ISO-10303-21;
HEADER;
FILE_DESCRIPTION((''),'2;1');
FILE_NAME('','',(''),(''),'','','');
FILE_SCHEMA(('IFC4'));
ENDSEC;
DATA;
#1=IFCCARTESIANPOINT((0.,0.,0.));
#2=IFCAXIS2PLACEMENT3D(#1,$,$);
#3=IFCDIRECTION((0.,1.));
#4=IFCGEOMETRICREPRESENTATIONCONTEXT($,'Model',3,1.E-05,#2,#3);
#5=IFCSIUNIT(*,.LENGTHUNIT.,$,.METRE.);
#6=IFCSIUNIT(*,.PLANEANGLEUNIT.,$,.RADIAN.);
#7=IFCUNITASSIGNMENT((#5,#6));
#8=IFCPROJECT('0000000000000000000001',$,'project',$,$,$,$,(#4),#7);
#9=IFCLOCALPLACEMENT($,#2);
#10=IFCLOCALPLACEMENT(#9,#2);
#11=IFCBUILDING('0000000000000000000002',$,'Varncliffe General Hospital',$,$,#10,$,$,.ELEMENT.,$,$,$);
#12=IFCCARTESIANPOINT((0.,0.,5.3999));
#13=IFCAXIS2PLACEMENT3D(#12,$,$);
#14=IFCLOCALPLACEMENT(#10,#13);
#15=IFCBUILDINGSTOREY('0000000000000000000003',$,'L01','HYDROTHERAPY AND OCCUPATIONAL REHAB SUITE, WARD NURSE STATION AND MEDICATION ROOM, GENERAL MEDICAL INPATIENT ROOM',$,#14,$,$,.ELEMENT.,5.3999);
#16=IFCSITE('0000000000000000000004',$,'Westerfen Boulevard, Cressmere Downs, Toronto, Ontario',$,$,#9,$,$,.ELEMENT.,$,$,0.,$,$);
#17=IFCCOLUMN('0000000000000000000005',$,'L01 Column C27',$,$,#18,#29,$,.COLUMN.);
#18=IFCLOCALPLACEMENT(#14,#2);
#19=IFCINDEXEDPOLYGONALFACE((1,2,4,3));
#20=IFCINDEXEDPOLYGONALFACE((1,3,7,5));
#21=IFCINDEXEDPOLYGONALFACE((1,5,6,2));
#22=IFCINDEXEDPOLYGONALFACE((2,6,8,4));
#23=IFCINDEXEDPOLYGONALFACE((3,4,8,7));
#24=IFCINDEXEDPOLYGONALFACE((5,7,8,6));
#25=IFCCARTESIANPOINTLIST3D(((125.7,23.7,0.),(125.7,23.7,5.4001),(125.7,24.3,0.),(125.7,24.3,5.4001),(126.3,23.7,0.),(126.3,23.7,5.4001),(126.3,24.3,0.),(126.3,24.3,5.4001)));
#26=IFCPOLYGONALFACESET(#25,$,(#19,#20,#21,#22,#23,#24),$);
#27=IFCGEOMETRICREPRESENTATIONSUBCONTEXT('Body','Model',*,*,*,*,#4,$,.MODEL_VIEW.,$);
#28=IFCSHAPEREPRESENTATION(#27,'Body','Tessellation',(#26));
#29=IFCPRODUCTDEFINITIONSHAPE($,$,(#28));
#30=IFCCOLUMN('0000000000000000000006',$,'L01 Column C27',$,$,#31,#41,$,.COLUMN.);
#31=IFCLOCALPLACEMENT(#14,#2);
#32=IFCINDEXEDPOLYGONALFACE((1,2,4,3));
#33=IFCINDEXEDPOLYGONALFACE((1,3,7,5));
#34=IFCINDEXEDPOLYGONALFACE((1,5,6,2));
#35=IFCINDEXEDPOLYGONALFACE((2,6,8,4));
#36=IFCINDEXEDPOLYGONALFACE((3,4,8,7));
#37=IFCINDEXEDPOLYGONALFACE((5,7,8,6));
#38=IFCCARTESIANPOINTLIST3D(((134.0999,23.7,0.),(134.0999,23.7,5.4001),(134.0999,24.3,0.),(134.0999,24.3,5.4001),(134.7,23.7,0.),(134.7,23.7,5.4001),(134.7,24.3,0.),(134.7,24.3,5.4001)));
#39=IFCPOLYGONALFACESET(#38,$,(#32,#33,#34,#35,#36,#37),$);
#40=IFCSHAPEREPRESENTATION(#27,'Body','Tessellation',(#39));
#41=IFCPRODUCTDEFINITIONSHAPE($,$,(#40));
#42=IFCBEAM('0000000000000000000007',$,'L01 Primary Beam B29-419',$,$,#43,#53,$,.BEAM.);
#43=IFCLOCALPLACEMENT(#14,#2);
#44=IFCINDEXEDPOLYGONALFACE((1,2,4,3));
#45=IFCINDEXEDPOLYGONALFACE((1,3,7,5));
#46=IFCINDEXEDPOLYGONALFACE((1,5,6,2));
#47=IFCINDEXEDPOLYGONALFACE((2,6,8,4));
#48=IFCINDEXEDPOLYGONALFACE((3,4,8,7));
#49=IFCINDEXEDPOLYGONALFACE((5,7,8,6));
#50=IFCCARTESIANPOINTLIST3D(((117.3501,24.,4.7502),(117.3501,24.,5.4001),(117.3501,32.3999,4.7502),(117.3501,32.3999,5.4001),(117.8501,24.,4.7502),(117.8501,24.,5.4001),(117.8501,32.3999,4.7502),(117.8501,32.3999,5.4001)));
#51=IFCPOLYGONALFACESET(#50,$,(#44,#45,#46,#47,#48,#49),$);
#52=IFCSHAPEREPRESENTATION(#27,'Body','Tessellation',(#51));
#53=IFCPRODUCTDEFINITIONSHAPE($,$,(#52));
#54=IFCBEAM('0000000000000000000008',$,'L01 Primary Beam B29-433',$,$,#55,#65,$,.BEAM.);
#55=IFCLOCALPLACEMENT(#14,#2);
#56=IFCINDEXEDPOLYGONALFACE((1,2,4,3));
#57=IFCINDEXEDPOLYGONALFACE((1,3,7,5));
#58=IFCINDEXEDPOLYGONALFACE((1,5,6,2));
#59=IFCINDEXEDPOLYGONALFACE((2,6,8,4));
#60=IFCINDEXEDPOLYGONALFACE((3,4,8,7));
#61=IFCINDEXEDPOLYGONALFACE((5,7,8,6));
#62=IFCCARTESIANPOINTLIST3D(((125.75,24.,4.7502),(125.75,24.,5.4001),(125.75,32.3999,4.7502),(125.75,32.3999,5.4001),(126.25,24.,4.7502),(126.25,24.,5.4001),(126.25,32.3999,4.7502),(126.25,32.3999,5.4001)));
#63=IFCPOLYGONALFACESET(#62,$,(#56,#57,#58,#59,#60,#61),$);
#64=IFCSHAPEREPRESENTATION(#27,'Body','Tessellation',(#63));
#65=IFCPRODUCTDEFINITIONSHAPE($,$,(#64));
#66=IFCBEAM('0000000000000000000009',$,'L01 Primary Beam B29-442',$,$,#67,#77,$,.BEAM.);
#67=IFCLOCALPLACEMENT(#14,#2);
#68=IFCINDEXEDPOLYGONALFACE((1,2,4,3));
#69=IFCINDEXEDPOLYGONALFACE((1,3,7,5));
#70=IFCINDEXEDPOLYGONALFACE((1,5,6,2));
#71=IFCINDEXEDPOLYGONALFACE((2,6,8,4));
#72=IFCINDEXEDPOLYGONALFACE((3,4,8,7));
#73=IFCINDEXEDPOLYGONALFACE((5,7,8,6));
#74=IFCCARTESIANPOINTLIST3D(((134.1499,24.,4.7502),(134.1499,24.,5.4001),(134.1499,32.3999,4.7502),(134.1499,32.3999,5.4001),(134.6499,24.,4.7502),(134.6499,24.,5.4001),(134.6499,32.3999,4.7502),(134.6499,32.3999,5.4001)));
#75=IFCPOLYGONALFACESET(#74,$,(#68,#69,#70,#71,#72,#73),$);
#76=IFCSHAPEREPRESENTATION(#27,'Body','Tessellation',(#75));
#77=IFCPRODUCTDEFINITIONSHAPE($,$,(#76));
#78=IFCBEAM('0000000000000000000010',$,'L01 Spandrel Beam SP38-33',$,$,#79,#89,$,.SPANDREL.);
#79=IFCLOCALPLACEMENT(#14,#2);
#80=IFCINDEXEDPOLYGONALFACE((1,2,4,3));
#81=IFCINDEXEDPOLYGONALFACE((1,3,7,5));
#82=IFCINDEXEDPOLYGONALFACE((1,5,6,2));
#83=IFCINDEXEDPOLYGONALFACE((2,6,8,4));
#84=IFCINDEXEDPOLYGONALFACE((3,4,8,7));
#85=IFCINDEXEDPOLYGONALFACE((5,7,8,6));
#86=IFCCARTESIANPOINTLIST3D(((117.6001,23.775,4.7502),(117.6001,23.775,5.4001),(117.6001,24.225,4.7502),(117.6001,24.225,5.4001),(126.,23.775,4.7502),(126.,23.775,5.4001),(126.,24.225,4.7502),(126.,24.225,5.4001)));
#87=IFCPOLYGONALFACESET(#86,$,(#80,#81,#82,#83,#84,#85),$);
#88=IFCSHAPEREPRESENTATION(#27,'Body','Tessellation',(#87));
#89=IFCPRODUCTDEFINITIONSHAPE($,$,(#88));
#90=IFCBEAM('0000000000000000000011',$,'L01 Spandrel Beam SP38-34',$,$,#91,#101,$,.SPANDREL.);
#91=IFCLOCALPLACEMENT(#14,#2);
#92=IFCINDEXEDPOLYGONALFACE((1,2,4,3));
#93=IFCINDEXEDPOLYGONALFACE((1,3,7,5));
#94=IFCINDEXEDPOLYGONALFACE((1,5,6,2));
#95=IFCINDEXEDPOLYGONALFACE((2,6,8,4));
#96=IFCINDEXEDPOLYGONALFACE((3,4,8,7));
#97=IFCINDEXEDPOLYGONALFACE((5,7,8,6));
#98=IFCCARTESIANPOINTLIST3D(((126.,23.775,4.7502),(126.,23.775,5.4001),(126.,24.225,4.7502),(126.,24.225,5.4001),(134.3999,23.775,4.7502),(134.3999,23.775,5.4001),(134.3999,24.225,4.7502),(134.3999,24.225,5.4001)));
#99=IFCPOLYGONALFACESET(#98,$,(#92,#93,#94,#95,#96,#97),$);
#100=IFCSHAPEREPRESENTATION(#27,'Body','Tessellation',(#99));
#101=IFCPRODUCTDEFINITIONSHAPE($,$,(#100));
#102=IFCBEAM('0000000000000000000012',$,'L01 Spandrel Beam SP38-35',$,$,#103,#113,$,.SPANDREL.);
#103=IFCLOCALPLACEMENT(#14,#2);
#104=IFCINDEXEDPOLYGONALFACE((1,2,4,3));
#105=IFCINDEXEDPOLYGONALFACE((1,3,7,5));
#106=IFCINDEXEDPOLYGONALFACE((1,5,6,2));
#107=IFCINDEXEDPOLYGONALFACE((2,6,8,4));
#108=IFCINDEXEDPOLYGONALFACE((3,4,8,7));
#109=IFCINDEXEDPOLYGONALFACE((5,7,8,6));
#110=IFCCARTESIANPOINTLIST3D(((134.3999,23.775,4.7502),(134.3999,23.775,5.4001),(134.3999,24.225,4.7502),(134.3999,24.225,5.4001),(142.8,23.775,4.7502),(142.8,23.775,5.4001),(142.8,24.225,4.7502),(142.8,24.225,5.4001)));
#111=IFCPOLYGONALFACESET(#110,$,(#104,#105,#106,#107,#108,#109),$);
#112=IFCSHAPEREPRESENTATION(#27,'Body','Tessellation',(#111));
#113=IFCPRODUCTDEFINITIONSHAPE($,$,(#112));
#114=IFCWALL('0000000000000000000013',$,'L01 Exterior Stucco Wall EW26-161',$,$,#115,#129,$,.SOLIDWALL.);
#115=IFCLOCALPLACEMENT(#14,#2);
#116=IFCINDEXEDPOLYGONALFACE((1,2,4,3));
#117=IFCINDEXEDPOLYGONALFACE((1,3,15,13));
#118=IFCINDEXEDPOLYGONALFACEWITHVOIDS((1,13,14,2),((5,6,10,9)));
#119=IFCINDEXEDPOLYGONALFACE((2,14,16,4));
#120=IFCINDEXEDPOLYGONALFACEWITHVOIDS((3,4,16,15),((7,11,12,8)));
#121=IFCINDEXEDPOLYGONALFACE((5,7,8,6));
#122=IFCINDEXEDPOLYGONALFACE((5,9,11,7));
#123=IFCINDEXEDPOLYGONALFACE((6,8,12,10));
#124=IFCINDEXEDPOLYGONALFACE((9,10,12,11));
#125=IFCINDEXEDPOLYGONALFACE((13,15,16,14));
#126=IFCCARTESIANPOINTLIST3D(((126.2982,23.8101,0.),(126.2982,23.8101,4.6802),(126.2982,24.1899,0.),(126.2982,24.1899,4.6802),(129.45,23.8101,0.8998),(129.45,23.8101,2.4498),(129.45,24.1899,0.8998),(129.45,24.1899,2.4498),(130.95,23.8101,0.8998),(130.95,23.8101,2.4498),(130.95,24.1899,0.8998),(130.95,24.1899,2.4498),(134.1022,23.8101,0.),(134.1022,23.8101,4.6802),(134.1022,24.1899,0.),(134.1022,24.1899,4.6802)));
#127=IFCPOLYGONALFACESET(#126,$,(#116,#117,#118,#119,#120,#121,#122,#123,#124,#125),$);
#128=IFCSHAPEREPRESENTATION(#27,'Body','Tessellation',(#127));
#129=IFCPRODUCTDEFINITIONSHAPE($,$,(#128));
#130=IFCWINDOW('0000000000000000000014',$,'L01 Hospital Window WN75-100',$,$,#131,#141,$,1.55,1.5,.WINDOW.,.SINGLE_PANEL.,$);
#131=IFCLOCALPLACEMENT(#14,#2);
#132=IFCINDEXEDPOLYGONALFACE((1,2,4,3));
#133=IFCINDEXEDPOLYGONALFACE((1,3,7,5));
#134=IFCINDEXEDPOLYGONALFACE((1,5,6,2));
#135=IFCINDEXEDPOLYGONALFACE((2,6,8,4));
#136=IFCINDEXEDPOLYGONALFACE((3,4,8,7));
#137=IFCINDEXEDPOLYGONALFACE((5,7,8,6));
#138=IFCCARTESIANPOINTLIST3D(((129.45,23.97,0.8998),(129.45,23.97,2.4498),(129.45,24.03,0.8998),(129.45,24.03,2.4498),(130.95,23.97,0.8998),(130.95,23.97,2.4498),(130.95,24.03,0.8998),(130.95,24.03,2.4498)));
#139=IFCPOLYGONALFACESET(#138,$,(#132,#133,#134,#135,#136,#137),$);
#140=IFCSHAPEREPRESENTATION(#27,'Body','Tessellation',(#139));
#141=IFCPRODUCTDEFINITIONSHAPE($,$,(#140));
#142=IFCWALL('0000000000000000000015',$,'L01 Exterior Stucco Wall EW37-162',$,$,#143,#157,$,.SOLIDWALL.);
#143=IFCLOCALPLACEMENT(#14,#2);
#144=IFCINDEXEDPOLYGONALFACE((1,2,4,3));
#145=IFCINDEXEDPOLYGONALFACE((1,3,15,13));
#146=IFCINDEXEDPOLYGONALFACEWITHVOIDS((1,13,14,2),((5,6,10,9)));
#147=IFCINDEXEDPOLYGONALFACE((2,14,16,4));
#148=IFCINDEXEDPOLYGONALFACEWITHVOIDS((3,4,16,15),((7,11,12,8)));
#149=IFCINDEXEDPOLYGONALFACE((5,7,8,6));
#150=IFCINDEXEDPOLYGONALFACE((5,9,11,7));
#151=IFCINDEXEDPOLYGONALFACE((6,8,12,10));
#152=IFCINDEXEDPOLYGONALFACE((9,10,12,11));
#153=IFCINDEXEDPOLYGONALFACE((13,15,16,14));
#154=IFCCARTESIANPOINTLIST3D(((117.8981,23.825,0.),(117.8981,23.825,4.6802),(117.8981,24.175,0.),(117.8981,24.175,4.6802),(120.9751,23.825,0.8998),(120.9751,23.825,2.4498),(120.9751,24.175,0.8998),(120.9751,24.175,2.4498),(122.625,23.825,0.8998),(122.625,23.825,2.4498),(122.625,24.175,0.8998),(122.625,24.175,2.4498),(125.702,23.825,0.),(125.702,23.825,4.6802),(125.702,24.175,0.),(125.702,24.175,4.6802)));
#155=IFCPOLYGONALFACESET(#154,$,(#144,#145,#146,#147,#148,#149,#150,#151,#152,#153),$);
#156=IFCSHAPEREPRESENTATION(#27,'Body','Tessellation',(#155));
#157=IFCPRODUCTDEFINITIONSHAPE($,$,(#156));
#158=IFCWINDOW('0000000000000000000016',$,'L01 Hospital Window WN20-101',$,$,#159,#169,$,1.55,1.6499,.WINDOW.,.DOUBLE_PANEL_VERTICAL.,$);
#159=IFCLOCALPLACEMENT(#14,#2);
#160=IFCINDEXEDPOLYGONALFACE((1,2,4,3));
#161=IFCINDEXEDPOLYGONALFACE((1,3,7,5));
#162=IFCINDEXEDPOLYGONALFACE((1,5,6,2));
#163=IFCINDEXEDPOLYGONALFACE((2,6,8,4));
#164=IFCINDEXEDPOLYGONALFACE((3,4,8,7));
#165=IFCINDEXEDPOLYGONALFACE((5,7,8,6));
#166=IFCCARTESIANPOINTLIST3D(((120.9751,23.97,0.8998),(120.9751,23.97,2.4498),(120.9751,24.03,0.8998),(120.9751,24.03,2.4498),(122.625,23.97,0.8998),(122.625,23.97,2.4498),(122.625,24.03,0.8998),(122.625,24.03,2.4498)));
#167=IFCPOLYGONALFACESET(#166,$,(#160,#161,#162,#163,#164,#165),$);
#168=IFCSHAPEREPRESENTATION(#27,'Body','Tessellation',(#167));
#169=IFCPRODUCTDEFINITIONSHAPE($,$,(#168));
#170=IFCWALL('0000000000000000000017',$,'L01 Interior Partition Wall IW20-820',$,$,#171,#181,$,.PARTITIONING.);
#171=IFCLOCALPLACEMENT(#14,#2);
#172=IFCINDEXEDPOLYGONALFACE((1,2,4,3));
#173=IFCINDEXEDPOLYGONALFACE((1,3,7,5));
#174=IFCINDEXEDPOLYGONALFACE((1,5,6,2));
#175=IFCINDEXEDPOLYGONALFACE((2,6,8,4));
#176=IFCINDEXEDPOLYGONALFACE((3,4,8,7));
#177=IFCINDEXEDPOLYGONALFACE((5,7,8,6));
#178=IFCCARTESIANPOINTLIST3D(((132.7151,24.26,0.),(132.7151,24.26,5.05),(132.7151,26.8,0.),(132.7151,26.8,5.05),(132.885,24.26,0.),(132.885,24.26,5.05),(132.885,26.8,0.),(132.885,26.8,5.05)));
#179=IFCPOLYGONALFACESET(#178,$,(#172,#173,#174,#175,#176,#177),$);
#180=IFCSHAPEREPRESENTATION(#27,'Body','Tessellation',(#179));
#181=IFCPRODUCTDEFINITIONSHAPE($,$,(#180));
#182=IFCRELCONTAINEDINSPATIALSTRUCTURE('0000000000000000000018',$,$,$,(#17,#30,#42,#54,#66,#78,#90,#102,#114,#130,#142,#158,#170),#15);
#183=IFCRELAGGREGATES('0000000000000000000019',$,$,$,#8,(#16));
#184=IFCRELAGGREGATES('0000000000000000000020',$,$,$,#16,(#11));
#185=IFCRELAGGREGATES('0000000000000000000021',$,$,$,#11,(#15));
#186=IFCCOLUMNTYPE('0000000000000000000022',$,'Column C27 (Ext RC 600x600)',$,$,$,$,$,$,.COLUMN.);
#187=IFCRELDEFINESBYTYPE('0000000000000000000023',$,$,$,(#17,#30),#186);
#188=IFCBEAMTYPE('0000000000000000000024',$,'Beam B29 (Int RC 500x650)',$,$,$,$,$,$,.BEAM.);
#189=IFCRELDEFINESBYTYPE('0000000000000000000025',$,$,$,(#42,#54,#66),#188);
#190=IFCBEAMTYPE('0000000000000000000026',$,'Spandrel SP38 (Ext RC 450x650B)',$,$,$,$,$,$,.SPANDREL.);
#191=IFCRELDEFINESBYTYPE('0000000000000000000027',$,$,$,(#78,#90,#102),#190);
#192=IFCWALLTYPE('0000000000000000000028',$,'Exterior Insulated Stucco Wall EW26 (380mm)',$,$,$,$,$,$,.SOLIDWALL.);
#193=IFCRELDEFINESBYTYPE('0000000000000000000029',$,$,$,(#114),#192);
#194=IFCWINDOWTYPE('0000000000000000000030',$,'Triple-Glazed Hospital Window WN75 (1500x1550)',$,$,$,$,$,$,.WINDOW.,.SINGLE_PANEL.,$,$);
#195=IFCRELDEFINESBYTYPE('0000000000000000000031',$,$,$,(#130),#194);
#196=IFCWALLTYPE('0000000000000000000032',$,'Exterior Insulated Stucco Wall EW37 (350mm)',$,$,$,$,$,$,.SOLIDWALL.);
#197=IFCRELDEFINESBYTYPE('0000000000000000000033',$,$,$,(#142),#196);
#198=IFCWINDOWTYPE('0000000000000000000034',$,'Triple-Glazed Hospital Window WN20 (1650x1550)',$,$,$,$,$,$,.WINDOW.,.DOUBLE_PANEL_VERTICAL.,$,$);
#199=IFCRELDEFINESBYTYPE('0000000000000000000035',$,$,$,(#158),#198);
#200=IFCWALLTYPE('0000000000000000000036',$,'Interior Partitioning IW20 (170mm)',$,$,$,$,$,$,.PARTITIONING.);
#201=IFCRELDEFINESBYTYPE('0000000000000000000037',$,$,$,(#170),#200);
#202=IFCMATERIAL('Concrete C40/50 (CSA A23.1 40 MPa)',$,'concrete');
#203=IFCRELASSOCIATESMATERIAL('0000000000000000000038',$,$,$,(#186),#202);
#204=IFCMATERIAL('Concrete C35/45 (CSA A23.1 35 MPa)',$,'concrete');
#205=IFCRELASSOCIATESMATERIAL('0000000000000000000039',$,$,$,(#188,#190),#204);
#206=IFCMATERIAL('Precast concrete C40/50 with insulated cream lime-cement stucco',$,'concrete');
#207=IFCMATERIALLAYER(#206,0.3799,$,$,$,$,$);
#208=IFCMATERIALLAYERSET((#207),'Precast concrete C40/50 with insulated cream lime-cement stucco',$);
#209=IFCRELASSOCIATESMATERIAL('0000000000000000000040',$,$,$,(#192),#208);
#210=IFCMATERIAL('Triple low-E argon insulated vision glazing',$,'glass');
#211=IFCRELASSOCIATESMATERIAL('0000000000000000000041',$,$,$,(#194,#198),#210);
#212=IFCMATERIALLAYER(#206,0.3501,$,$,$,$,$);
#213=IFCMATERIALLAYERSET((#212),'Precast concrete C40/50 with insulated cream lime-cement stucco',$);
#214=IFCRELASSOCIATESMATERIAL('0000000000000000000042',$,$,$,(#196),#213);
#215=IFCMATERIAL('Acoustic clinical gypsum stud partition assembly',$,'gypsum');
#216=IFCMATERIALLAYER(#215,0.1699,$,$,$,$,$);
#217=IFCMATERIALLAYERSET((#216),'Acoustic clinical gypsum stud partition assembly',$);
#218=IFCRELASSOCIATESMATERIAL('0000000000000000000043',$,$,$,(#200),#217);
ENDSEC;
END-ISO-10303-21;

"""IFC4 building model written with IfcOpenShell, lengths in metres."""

from ifc_helpers import new_model, si_unit, direction, frame, frame_2d, origin, origin_2d, place, context, subcontext, project, spatial, rectangle, extrude, material, layer, layer_set, material_profile, profile_set, type_object, element, fill, save


model = new_model("IFC4")

# Units and contexts
model_context = context("Model", 3, precision=1e-05, world=origin(), true_north=direction((0.0, 1.0)))
body_context = subcontext(model_context, "Body", "Model", "MODEL_VIEW")
ifc_project = project(units=[si_unit("LENGTHUNIT", "METRE"), si_unit("PLANEANGLEUNIT", "RADIAN")], contexts=[model_context])

# Site, building, storey
site_placement = place(None, origin())
site = spatial("IfcSite", under=ifc_project, at=site_placement, Name="Westerfen Boulevard, Cressmere Downs, Toronto, Ontario", CompositionType="ELEMENT", RefElevation=0.0)
building_placement = place(site_placement, origin())
building = spatial("IfcBuilding", under=site, at=building_placement, Name="Varncliffe General Hospital", CompositionType="ELEMENT")
storey_placement = place(building_placement, frame((0.0, 0.0, 5.3999)))
storey = spatial("IfcBuildingStorey", under=building, at=storey_placement, Name="L01", Description="HYDROTHERAPY AND OCCUPATIONAL REHAB SUITE, WARD NURSE STATION AND MEDICATION ROOM, GENERAL MEDICAL INPATIENT ROOM", CompositionType="ELEMENT", Elevation=5.3999)

# Columns
ifc_material_1 = material(Name="Concrete C40/50 (CSA A23.1 40 MPa)", Category="concrete")
ifc_material_profile_1 = material_profile(ifc_material_1, rectangle(XDim=0.6001, YDim=0.6001, at=origin_2d()), Name="RC 600x600")
ifc_profile_set_1 = profile_set([ifc_material_profile_1], Name="Concrete C40/50 (CSA A23.1 40 MPa)")
column_type = type_object("IfcColumnType", Name="Column C27 (Ext RC 600x600)", PredefinedType="COLUMN", material=ifc_profile_set_1)
for number, where, z_axis, x_axis, name in (
    (1, (126.0, 24.0, 0.0), (0.0, 0.0, 1.0), (1.0, 0.0, 0.0), "L01 Column C27"),
    (2, (134.3999, 24.0, 0.0), (0.0, 0.0, 1.0), (1.0, 0.0, 0.0), "L01 Column C27"),
):
    element("IfcColumn", number, at=place(storey_placement, frame(where, z_axis=z_axis, x_axis=x_axis)), inside=storey, type_object=column_type, Name=name, PredefinedType="COLUMN", context=body_context, shape_type="SweptSolid", body=[
        extrude(rectangle(XDim=0.6001, YDim=0.6001, at=origin_2d()), origin(), (0.0, 0.0, 1.0), 5.4001),
    ])

# Beams
ifc_material_2 = material(Name="Concrete C35/45 (CSA A23.1 35 MPa)", Category="concrete")
ifc_material_profile_2 = material_profile(ifc_material_2, rectangle(XDim=0.5, YDim=0.6499, at=origin_2d()), Name="RC 500x650")
ifc_profile_set_2 = profile_set([ifc_material_profile_2], Name="Concrete C35/45 (CSA A23.1 35 MPa)")
beam_type_1 = type_object("IfcBeamType", Name="Beam B29 (Int RC 500x650)", PredefinedType="BEAM", material=ifc_profile_set_2)
for number, where, z_axis, x_axis, name in (
    (3, (117.6001, 24.0, 5.0752), (0.0, 1.0, 0.0), (-1.0, 0.0, 0.0), "L01 Primary Beam B29-419"),
    (4, (126.0, 24.0, 5.0752), (0.0, 1.0, 0.0), (-1.0, 0.0, 0.0), "L01 Primary Beam B29-433"),
    (5, (134.3999, 24.0, 5.0752), (0.0, 1.0, 0.0), (-1.0, 0.0, 0.0), "L01 Primary Beam B29-442"),
):
    element("IfcBeam", number, at=place(storey_placement, frame(where, z_axis=z_axis, x_axis=x_axis)), inside=storey, type_object=beam_type_1, Name=name, PredefinedType="BEAM", context=body_context, shape_type="SweptSolid", body=[
        extrude(rectangle(XDim=0.5, YDim=0.6499, at=origin_2d()), origin(), (0.0, 0.0, 1.0), 8.3999),
    ])
ifc_material_profile_3 = material_profile(ifc_material_2, rectangle(XDim=0.45, YDim=0.6499, at=origin_2d()), Name="RC 450x650")
ifc_profile_set_3 = profile_set([ifc_material_profile_3], Name="Concrete C35/45 (CSA A23.1 35 MPa)")
beam_type_2 = type_object("IfcBeamType", Name="Spandrel SP38 (Ext RC 450x650B)", PredefinedType="SPANDREL", material=ifc_profile_set_3)
for number, where, z_axis, x_axis, name in (
    (6, (117.6001, 24.0, 5.0752), (1.0, 0.0, 0.0), (0.0, 1.0, 0.0), "L01 Spandrel Beam SP38-33"),
    (7, (126.0, 24.0, 5.0752), (1.0, 0.0, 0.0), (0.0, 1.0, 0.0), "L01 Spandrel Beam SP38-34"),
):
    element("IfcBeam", number, at=place(storey_placement, frame(where, z_axis=z_axis, x_axis=x_axis)), inside=storey, type_object=beam_type_2, Name=name, PredefinedType="SPANDREL", context=body_context, shape_type="SweptSolid", body=[
        extrude(rectangle(XDim=0.45, YDim=0.6499, at=origin_2d()), origin(), (0.0, 0.0, 1.0), 8.3999),
    ])
beam_placement = place(storey_placement, frame((134.3999, 24.0, 5.0752), z_axis=(1.0, 0.0, 0.0), x_axis=(0.0, 1.0, 0.0)))
element("IfcBeam", 8, at=beam_placement, inside=storey, type_object=beam_type_2, Name="L01 Spandrel Beam SP38-35", PredefinedType="SPANDREL", context=body_context, shape_type="SweptSolid", body=[
    extrude(rectangle(XDim=0.45, YDim=0.6499, at=origin_2d()), origin(), (0.0, 0.0, 1.0), 8.4001),
])

# Walls, openings, windows
ifc_material_3 = material(Name="Precast concrete C40/50 with insulated cream lime-cement stucco", Category="concrete")
ifc_layer_1 = layer(ifc_material_3, 0.3799)
ifc_layer_set_1 = layer_set([ifc_layer_1], Name="Precast concrete C40/50 with insulated cream lime-cement stucco")
wall_type_1 = type_object("IfcWallType", Name="Exterior Insulated Stucco Wall EW26 (380mm)", PredefinedType="SOLIDWALL", material=ifc_layer_set_1)
wall_1_placement = place(storey_placement, frame((134.1021, 24.0, 0.0), z_axis=(0.0, 0.0, 1.0), x_axis=(-1.0, 0.0, 0.0)))
wall_1 = element("IfcWall", 9, at=wall_1_placement, inside=storey, type_object=wall_type_1, Name="L01 Exterior Stucco Wall EW26-161", PredefinedType="SOLIDWALL", context=body_context, shape_type="SweptSolid", body=[
    extrude(rectangle(XDim=7.804, YDim=0.3799, at=frame_2d((3.9019, 0.0))), origin(), (0.0, 0.0, 1.0), 4.6802),
])
opening_1_placement = place(wall_1_placement, frame((3.1521, 0.0, 0.8999)))
opening_1 = element("IfcOpeningElement", 10, at=opening_1_placement, cuts=wall_1, PredefinedType="OPENING", context=body_context, shape_type="SweptSolid", body=[
    extrude(rectangle(XDim=1.5, YDim=1.55, at=frame_2d((0.75, 0.7749))), frame((0.0, 0.2, 0.0), z_axis=(0.0, -1.0, 0.0), x_axis=(1.0, 0.0, 0.0)), (0.0, 0.0, 1.0), 0.3999),
])
ifc_material_4 = material(Name="Triple low-E argon insulated vision glazing", Category="glass")
window_type_1 = type_object("IfcWindowType", Name="Triple-Glazed Hospital Window WN75 (1500x1550)", PartitioningType="SINGLE_PANEL", PredefinedType="WINDOW", material=ifc_material_4)
window_1_placement = place(opening_1_placement, origin())
window_1 = element("IfcWindow", 11, at=window_1_placement, inside=storey, type_object=window_type_1, Name="L01 Hospital Window WN75-100", OverallHeight=1.55, OverallWidth=1.5, PartitioningType="SINGLE_PANEL", PredefinedType="WINDOW", context=body_context, shape_type="SweptSolid", body=[
    extrude(rectangle(XDim=1.5, YDim=1.55, at=frame_2d((0.75, 0.7749))), frame((0.0, 0.03, 0.0), z_axis=(0.0, -1.0, 0.0), x_axis=(1.0, 0.0, 0.0)), (0.0, 0.0, 1.0), 0.0601),
])
fill(opening_1, window_1)
ifc_layer_2 = layer(ifc_material_3, 0.3501)
ifc_layer_set_2 = layer_set([ifc_layer_2], Name="Precast concrete C40/50 with insulated cream lime-cement stucco")
wall_type_2 = type_object("IfcWallType", Name="Exterior Insulated Stucco Wall EW37 (350mm)", PredefinedType="SOLIDWALL", material=ifc_layer_set_2)
wall_2_placement = place(storey_placement, frame((125.7019, 24.0, 0.0), z_axis=(0.0, 0.0, 1.0), x_axis=(-1.0, 0.0, 0.0)))
wall_2 = element("IfcWall", 12, at=wall_2_placement, inside=storey, type_object=wall_type_2, Name="L01 Exterior Stucco Wall EW37-162", PredefinedType="SOLIDWALL", context=body_context, shape_type="SweptSolid", body=[
    extrude(rectangle(XDim=7.804, YDim=0.3501, at=frame_2d((3.9019, 0.0))), origin(), (0.0, 0.0, 1.0), 4.6802),
])
opening_2_placement = place(wall_2_placement, frame((3.0769, 0.0, 0.8999)))
opening_2 = element("IfcOpeningElement", 13, at=opening_2_placement, cuts=wall_2, PredefinedType="OPENING", context=body_context, shape_type="SweptSolid", body=[
    extrude(rectangle(XDim=1.6499, YDim=1.55, at=frame_2d((0.825, 0.7749))), frame((0.0, 0.1851, 0.0), z_axis=(0.0, -1.0, 0.0), x_axis=(1.0, 0.0, 0.0)), (0.0, 0.0, 1.0), 0.3701),
])
window_type_2 = type_object("IfcWindowType", Name="Triple-Glazed Hospital Window WN20 (1650x1550)", PartitioningType="DOUBLE_PANEL_VERTICAL", PredefinedType="WINDOW", material=ifc_material_4)
window_2_placement = place(opening_2_placement, origin())
window_2 = element("IfcWindow", 14, at=window_2_placement, inside=storey, type_object=window_type_2, Name="L01 Hospital Window WN20-101", OverallHeight=1.55, OverallWidth=1.6499, PartitioningType="DOUBLE_PANEL_VERTICAL", PredefinedType="WINDOW", context=body_context, shape_type="SweptSolid", body=[
    extrude(rectangle(XDim=1.6499, YDim=1.55, at=frame_2d((0.825, 0.7749))), frame((0.0, 0.03, 0.0), z_axis=(0.0, -1.0, 0.0), x_axis=(1.0, 0.0, 0.0)), (0.0, 0.0, 1.0), 0.0601),
])
fill(opening_2, window_2)

# Wall
ifc_material_5 = material(Name="Acoustic clinical gypsum stud partition assembly", Category="gypsum")
ifc_layer_3 = layer(ifc_material_5, 0.1699)
ifc_layer_set_3 = layer_set([ifc_layer_3], Name="Acoustic clinical gypsum stud partition assembly")
wall_type_3 = type_object("IfcWallType", Name="Interior Partitioning IW20 (170mm)", PredefinedType="PARTITIONING", material=ifc_layer_set_3)
wall_3_placement = place(storey_placement, frame((132.8, 24.26, 0.0), z_axis=(0.0, 0.0, 1.0), x_axis=(0.0, 1.0, 0.0)))
element("IfcWall", 15, at=wall_3_placement, inside=storey, type_object=wall_type_3, Name="L01 Interior Partition Wall IW20-820", PredefinedType="PARTITIONING", context=body_context, shape_type="SweptSolid", body=[
    extrude(rectangle(XDim=2.54, YDim=0.1699, at=frame_2d((1.27, 0.0))), origin(), (0.0, 0.0, 1.0), 5.05),
])

save(model, "model.ifc")
